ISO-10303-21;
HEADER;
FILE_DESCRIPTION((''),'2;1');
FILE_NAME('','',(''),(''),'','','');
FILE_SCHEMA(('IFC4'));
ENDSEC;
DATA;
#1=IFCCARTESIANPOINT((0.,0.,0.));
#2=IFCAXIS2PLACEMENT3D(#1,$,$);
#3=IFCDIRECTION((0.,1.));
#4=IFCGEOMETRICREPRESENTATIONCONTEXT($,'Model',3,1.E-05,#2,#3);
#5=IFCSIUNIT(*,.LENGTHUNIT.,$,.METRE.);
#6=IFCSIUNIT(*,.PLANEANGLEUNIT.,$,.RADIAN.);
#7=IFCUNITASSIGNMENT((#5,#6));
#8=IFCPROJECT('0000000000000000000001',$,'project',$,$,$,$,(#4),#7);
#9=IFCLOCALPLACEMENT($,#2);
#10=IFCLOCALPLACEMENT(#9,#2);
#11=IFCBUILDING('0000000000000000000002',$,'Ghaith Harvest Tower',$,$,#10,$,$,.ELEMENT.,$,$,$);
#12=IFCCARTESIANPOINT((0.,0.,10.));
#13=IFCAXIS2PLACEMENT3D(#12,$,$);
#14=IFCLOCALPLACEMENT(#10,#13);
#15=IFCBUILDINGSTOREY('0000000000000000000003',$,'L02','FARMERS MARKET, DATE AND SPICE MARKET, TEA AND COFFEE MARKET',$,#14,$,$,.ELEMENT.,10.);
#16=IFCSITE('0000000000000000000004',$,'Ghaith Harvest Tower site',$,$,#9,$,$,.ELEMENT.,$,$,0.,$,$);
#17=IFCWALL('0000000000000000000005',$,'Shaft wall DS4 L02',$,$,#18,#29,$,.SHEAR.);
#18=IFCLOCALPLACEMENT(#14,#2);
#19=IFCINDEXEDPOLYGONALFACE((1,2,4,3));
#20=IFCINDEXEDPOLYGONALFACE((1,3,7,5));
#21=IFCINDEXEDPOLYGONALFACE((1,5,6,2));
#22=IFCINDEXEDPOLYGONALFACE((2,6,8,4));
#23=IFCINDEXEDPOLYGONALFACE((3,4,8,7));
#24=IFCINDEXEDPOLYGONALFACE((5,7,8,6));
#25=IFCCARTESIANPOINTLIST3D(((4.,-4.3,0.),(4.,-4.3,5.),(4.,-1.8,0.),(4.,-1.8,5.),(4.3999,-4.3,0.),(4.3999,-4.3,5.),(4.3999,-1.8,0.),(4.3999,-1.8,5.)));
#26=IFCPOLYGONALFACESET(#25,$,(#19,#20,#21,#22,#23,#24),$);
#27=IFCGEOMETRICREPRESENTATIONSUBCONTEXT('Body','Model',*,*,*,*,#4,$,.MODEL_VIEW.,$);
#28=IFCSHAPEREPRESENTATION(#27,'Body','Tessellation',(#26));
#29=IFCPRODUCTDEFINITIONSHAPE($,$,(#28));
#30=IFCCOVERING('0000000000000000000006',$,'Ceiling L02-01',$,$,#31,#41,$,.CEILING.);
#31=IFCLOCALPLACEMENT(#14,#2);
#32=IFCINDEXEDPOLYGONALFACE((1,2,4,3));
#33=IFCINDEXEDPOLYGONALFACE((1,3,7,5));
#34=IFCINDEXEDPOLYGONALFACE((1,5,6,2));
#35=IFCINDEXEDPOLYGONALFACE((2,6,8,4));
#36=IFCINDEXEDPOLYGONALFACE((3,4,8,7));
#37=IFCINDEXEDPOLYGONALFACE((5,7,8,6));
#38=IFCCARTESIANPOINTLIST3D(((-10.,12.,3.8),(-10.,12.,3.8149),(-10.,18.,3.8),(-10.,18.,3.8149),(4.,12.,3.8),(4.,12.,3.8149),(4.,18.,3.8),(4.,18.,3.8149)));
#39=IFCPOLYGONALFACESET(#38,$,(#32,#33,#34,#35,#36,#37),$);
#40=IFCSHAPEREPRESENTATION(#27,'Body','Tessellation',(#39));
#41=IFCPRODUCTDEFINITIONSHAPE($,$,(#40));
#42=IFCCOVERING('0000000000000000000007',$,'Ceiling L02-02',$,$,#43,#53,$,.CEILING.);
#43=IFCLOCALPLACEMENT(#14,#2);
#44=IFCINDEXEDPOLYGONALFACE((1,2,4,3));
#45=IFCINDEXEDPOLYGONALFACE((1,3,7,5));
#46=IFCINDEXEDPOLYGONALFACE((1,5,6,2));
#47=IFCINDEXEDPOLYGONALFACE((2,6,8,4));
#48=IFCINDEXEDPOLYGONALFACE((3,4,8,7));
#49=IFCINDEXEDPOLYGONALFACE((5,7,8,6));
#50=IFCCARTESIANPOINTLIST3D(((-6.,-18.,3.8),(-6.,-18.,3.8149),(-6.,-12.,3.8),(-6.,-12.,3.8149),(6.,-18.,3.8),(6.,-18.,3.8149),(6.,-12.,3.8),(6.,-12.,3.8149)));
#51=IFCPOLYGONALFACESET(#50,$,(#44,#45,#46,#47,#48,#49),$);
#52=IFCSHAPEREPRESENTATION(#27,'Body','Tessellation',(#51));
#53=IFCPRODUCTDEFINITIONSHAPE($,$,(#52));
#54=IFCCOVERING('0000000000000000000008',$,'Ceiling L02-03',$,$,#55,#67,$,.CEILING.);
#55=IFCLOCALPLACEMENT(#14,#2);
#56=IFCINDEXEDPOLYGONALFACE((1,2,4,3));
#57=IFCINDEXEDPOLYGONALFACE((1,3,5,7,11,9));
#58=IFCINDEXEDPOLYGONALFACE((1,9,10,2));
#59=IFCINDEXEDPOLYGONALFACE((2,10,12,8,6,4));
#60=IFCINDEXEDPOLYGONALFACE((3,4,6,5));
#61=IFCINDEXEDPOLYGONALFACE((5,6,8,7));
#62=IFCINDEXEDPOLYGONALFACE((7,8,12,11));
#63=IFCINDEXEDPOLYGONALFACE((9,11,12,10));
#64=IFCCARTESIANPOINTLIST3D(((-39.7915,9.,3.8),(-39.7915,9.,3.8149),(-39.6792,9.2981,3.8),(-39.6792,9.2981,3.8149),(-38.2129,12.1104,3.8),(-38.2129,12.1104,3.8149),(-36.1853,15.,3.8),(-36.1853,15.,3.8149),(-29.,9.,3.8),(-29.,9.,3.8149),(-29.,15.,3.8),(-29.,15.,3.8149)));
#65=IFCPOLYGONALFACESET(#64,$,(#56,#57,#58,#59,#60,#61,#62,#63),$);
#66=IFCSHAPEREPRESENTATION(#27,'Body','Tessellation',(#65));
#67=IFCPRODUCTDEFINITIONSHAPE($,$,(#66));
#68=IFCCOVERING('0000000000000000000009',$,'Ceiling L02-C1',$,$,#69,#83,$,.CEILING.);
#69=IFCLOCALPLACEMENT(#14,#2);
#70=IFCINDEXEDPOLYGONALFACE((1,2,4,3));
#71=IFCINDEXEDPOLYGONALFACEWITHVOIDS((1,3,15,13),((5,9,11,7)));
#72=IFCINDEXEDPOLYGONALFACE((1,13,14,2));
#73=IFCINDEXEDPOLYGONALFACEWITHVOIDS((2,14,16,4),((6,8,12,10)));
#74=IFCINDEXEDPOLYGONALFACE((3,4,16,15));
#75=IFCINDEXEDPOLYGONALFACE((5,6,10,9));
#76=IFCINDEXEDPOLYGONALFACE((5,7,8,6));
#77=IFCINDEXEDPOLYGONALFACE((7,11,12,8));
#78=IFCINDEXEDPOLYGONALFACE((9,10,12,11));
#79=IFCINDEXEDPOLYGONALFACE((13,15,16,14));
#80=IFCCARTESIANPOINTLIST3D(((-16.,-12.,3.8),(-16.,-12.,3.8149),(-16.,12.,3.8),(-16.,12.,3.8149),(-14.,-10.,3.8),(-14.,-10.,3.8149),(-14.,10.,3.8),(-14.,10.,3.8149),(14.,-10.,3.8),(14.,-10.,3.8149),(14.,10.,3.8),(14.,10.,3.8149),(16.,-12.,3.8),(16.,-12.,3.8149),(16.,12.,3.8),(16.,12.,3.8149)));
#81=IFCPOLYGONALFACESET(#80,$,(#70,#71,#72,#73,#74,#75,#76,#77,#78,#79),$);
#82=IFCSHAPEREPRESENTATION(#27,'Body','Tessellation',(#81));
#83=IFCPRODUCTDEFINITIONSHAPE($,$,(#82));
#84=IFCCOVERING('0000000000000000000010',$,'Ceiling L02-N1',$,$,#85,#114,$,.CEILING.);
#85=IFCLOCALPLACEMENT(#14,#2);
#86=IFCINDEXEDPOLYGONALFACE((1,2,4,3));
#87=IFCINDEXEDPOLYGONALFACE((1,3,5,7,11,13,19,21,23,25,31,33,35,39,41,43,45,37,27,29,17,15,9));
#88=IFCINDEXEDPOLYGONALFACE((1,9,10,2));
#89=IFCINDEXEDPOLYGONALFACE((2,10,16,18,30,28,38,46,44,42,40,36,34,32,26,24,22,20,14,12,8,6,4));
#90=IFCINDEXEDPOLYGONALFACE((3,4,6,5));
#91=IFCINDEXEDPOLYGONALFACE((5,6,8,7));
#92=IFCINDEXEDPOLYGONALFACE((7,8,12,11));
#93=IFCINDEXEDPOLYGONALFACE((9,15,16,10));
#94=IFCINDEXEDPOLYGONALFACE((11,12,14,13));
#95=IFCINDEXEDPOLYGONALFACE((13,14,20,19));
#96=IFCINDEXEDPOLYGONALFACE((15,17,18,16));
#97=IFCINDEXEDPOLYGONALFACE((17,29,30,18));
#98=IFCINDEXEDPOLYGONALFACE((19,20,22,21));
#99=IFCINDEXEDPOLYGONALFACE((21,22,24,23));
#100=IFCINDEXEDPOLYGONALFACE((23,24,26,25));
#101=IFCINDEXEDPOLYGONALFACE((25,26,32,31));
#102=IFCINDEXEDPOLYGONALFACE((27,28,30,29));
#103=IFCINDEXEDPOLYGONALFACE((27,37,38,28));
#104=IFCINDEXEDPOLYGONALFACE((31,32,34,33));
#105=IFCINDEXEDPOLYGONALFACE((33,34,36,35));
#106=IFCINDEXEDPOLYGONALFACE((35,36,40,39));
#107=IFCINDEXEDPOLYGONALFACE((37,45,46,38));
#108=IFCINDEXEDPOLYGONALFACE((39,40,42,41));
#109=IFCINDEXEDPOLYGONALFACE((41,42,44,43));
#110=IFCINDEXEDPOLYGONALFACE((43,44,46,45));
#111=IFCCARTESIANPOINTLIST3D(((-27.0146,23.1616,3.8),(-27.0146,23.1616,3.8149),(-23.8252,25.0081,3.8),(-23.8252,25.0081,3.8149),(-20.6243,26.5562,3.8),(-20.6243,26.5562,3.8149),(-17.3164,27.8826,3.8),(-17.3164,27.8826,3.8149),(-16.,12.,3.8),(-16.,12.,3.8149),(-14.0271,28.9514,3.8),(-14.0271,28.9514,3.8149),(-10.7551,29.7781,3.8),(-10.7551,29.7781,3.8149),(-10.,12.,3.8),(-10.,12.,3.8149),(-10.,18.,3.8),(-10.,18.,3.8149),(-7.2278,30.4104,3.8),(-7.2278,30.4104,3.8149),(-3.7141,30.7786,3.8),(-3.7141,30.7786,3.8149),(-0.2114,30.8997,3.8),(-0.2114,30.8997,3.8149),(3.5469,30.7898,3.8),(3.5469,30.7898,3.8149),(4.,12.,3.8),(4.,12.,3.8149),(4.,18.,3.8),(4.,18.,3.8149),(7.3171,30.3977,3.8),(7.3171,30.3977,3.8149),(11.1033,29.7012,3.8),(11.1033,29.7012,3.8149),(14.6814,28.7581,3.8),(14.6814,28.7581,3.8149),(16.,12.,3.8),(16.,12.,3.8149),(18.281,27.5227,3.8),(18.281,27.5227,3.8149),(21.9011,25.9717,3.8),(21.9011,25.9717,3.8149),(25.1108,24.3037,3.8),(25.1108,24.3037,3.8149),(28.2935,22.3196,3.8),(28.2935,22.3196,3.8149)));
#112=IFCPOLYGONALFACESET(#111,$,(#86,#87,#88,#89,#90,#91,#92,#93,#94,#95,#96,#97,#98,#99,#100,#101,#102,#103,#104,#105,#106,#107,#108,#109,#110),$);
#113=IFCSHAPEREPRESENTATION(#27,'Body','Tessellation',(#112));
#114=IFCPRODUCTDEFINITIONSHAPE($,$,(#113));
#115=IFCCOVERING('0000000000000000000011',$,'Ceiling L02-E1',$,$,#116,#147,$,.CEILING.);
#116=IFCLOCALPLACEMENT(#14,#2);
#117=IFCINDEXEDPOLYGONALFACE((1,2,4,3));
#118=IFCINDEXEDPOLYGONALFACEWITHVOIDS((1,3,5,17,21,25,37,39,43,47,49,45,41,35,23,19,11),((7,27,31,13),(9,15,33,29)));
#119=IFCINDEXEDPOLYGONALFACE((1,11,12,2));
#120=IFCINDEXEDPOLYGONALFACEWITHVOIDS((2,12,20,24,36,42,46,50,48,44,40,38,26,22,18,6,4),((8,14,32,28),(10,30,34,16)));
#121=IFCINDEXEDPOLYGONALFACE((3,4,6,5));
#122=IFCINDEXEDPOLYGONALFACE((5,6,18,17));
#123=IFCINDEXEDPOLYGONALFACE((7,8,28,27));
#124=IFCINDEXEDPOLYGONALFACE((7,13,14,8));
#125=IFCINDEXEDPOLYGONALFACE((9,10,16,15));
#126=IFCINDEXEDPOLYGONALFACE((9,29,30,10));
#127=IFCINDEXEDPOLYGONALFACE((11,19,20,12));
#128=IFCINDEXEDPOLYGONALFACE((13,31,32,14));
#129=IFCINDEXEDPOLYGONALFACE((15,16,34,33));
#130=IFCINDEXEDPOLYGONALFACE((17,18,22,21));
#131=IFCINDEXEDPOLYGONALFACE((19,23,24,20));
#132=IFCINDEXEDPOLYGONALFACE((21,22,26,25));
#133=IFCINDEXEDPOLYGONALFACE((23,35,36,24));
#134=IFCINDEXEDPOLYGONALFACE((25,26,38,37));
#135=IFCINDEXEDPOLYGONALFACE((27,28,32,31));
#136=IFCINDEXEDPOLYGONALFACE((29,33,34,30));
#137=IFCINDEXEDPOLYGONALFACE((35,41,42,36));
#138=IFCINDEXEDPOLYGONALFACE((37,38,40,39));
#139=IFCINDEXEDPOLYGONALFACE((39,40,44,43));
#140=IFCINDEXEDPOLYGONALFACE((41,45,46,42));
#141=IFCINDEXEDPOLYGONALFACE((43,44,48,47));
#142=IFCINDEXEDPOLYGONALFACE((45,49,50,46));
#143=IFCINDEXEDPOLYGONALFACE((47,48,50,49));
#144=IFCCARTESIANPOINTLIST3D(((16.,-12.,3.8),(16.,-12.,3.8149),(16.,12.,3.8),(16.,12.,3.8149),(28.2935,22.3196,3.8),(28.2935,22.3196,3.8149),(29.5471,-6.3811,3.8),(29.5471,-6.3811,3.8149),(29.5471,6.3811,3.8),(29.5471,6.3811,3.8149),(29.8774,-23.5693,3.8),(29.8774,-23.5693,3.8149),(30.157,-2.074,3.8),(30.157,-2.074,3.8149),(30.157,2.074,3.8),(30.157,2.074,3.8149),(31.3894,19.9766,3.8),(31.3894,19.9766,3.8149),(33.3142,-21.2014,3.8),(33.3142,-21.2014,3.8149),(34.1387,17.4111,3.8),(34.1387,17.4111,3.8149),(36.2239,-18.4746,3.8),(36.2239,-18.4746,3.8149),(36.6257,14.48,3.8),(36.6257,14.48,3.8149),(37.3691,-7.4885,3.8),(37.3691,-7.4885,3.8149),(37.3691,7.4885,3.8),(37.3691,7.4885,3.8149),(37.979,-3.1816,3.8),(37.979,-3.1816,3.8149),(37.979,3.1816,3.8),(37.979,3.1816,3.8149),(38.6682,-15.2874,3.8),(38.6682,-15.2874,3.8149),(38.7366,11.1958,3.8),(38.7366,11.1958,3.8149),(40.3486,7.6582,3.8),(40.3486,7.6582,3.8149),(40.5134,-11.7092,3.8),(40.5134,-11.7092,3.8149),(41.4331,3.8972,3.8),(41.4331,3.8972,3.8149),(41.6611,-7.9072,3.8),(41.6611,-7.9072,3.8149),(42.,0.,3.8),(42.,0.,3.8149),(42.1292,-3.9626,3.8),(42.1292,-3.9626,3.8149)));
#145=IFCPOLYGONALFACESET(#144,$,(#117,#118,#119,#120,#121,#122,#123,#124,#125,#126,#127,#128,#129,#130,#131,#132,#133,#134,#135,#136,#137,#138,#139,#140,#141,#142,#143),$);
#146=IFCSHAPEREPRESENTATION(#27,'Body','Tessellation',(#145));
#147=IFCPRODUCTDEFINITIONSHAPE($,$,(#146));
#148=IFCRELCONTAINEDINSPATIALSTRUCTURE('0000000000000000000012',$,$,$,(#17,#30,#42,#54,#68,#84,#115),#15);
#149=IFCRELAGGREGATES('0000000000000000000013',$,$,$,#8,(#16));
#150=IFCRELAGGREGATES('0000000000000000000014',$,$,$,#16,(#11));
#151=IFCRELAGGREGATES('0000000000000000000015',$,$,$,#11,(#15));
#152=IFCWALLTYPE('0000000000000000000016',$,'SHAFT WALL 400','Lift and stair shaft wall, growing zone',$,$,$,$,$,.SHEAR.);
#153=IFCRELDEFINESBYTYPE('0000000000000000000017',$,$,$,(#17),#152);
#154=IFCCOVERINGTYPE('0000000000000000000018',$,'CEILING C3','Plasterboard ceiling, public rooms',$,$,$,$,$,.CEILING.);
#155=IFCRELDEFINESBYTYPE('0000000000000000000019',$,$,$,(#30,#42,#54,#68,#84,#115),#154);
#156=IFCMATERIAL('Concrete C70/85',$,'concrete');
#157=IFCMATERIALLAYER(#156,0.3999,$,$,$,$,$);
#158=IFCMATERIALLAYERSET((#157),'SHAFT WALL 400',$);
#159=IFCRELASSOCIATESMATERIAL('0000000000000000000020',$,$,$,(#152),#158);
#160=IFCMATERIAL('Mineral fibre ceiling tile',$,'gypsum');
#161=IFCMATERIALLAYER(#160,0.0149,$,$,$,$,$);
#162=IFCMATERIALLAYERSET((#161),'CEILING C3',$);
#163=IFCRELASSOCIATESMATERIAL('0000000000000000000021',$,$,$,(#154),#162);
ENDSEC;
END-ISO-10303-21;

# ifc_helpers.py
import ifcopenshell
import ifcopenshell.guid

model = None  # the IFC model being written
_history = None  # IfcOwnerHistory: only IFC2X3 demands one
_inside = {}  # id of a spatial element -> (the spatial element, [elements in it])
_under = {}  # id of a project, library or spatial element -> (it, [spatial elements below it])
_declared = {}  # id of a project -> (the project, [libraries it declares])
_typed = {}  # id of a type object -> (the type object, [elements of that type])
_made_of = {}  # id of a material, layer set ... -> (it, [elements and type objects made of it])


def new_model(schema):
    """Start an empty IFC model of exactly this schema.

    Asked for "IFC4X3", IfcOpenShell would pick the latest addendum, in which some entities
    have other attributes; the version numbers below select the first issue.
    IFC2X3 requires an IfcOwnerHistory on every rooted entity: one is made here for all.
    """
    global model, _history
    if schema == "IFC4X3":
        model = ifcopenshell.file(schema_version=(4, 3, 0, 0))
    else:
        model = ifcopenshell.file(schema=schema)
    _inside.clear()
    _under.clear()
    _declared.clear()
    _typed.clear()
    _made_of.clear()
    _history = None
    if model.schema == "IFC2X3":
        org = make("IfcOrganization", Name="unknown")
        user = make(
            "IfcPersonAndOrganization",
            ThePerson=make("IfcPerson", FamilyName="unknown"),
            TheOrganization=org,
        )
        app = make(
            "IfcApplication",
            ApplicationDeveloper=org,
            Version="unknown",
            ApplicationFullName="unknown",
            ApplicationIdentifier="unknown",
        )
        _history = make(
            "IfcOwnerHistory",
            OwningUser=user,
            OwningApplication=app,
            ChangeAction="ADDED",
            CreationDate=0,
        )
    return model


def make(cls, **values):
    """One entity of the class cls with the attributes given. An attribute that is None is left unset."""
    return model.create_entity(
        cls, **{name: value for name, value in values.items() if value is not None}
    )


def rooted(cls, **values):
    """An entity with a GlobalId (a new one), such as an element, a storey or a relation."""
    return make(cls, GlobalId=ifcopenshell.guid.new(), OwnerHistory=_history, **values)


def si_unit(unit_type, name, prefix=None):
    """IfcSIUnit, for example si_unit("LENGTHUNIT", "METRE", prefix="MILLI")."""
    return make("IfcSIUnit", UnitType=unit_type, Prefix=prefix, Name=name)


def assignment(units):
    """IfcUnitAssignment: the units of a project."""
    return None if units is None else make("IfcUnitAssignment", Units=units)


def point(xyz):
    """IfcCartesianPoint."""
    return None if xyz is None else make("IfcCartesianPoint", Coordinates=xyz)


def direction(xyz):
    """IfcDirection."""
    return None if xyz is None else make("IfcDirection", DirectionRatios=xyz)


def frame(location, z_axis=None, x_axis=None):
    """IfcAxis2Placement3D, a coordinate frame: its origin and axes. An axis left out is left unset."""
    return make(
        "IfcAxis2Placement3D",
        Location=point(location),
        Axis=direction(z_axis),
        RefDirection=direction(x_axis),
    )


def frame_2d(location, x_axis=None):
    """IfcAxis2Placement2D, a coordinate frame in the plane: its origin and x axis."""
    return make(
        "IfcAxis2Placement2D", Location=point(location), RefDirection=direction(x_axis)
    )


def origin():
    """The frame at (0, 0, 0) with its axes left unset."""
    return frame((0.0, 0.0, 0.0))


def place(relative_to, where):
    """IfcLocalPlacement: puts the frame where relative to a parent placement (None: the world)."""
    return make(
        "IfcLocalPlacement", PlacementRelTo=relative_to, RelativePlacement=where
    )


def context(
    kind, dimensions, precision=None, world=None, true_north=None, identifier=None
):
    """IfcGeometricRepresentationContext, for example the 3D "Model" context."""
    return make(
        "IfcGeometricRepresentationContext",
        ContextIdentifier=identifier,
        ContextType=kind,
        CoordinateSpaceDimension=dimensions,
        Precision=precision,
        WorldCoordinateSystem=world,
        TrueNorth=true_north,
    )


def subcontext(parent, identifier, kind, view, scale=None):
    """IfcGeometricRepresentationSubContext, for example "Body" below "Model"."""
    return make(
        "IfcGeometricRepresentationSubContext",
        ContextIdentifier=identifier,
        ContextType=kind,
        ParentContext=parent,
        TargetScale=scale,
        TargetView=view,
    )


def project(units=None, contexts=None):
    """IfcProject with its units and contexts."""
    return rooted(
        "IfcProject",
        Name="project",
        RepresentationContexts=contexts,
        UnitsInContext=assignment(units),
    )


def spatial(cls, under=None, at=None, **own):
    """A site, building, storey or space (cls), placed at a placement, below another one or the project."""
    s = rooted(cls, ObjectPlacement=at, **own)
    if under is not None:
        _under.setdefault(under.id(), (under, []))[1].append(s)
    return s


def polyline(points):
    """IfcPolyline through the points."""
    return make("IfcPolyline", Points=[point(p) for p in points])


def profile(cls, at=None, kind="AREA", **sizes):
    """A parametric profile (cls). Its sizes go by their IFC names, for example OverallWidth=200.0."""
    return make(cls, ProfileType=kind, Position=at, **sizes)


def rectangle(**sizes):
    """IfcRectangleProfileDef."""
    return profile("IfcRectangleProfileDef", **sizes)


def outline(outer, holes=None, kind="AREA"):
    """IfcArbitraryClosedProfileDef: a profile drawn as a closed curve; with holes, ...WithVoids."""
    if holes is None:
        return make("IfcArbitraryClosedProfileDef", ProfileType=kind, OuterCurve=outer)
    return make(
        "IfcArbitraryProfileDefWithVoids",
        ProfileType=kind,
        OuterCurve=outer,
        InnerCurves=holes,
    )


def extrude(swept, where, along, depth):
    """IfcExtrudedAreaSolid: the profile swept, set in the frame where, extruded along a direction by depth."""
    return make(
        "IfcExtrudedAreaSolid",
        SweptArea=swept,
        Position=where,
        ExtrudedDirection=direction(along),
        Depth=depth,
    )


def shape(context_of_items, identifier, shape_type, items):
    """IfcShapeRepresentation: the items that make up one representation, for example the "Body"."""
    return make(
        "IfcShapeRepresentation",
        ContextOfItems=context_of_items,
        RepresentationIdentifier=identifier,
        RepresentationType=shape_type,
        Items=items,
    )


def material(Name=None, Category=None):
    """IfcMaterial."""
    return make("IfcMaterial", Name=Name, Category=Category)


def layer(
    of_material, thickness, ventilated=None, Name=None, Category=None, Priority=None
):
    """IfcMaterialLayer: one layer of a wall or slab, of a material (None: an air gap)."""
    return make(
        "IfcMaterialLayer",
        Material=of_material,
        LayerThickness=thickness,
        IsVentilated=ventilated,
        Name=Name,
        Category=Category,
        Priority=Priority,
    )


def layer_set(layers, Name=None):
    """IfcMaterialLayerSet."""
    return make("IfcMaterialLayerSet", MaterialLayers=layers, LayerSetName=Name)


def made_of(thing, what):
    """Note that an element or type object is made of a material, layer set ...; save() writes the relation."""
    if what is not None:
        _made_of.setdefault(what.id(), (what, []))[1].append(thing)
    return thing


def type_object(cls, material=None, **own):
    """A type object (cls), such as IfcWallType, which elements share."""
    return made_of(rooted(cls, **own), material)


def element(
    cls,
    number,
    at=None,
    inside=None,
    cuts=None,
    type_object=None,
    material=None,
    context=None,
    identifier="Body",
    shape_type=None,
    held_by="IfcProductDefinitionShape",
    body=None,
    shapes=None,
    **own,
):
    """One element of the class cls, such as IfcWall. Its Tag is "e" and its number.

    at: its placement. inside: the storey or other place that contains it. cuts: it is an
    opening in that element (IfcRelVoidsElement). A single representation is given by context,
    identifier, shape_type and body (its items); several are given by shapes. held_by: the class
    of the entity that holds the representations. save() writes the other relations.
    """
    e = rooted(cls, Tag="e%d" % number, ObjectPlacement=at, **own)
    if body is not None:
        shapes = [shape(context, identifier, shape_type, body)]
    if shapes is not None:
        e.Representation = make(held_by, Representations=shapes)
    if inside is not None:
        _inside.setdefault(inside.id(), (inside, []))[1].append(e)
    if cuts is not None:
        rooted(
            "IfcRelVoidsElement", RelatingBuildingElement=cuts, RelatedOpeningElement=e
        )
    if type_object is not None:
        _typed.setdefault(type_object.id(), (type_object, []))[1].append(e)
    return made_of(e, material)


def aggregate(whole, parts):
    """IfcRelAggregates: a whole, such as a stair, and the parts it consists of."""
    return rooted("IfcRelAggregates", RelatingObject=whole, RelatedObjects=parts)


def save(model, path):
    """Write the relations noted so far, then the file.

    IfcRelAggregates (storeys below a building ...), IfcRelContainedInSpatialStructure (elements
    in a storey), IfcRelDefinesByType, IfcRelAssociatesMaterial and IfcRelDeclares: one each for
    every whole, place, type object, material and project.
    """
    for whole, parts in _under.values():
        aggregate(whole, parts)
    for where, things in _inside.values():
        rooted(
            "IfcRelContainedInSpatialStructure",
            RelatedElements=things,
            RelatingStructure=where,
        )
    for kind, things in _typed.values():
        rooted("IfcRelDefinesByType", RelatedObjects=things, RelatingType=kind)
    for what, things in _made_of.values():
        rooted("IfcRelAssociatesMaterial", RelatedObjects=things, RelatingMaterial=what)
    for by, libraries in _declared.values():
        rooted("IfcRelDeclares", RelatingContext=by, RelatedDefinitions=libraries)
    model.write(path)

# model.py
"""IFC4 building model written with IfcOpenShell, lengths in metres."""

from ifc_helpers import new_model, si_unit, direction, frame, frame_2d, origin, place, context, subcontext, project, spatial, polyline, rectangle, outline, extrude, material, layer, layer_set, type_object, element, save


model = new_model("IFC4")

# Units and contexts
model_context = context("Model", 3, precision=1e-05, world=origin(), true_north=direction((0.0, 1.0)))
body_context = subcontext(model_context, "Body", "Model", "MODEL_VIEW")
ifc_project = project(units=[si_unit("LENGTHUNIT", "METRE"), si_unit("PLANEANGLEUNIT", "RADIAN")], contexts=[model_context])

# Site, building, storey
site_placement = place(None, origin())
site = spatial("IfcSite", under=ifc_project, at=site_placement, Name="Ghaith Harvest Tower site", CompositionType="ELEMENT", RefElevation=0.0)
building_placement = place(site_placement, origin())
building = spatial("IfcBuilding", under=site, at=building_placement, Name="Ghaith Harvest Tower", CompositionType="ELEMENT")
storey_placement = place(building_placement, frame((0.0, 0.0, 10.0)))
storey = spatial("IfcBuildingStorey", under=building, at=storey_placement, Name="L02", Description="FARMERS MARKET, DATE AND SPICE MARKET, TEA AND COFFEE MARKET", CompositionType="ELEMENT", Elevation=10.0)

# Wall
ifc_material_1 = material(Name="Concrete C70/85", Category="concrete")
ifc_layer_1 = layer(ifc_material_1, 0.3999)
ifc_layer_set_1 = layer_set([ifc_layer_1], Name="SHAFT WALL 400")
wall_type_1 = type_object("IfcWallType", Name="SHAFT WALL 400", Description="Lift and stair shaft wall, growing zone", PredefinedType="SHEAR", material=ifc_layer_set_1)
for number, where, z_axis, x_axis, name in (
    (1, (4.2, -4.3, 0.0), (0.0, 0.0, 1.0), (0.0, 1.0, 0.0), "Shaft wall DS4 L02"),
):
    element("IfcWall", number, at=place(storey_placement, frame(where, z_axis=z_axis, x_axis=x_axis)), inside=storey, type_object=wall_type_1, Name=name, PredefinedType="SHEAR", context=body_context, shape_type="SweptSolid", body=[
        extrude(rectangle(XDim=2.5, YDim=0.3999, at=frame_2d((1.25, 0.0))), origin(), (0.0, 0.0, 1.0), 5.0),
    ])

# Coverings
ifc_material_2 = material(Name="Mineral fibre ceiling tile", Category="gypsum")
ifc_layer_2 = layer(ifc_material_2, 0.0149)
ifc_layer_set_2 = layer_set([ifc_layer_2], Name="CEILING C3")
covering_type = type_object("IfcCoveringType", Name="CEILING C3", Description="Plasterboard ceiling, public rooms", PredefinedType="CEILING", material=ifc_layer_set_2)
covering_1_placement = place(storey_placement, frame((0.0, 0.0, 3.8)))
element("IfcCovering", 2, at=covering_1_placement, inside=storey, type_object=covering_type, Name="Ceiling L02-01", PredefinedType="CEILING", context=body_context, shape_type="SweptSolid", body=[
    extrude(outline(polyline([(-10.0, 12.0), (4.0, 12.0), (4.0, 18.0), (-10.0, 18.0), (-10.0, 12.0)])), origin(), (0.0, 0.0, 1.0), 0.0149),
])
covering_2_placement = place(storey_placement, frame((0.0, 0.0, 3.8)))
element("IfcCovering", 3, at=covering_2_placement, inside=storey, type_object=covering_type, Name="Ceiling L02-02", PredefinedType="CEILING", context=body_context, shape_type="SweptSolid", body=[
    extrude(outline(polyline([(-6.0, -18.0), (6.0, -18.0), (6.0, -12.0), (-6.0, -12.0), (-6.0, -18.0)])), origin(), (0.0, 0.0, 1.0), 0.0149),
])
covering_3_placement = place(storey_placement, frame((0.0, 0.0, 3.8)))
element("IfcCovering", 4, at=covering_3_placement, inside=storey, type_object=covering_type, Name="Ceiling L02-03", PredefinedType="CEILING", context=body_context, shape_type="SweptSolid", body=[
    extrude(outline(polyline([(-29.0, 15.0), (-29.0, 9.0), (-39.7915, 9.0), (-39.6792, 9.2981), (-38.2129, 12.1104), (-36.1853, 15.0), (-29.0, 15.0)])), origin(), (0.0, 0.0, 1.0), 0.0149),
])
covering_4_placement = place(storey_placement, frame((0.0, 0.0, 3.8)))
element("IfcCovering", 5, at=covering_4_placement, inside=storey, type_object=covering_type, Name="Ceiling L02-C1", PredefinedType="CEILING", context=body_context, shape_type="SweptSolid", body=[
    extrude(outline(polyline([(-16.0, 12.0), (16.0, 12.0), (16.0, -12.0), (-16.0, -12.0), (-16.0, 12.0)]), holes=[polyline([(14.0, -10.0), (14.0, 10.0), (-14.0, 10.0), (-14.0, -10.0), (14.0, -10.0)])]), origin(), (0.0, 0.0, 1.0), 0.0149),
])
covering_5_placement = place(storey_placement, frame((0.0, 0.0, 3.8)))
element("IfcCovering", 6, at=covering_5_placement, inside=storey, type_object=covering_type, Name="Ceiling L02-N1", PredefinedType="CEILING", context=body_context, shape_type="SweptSolid", body=[
    extrude(outline(polyline([(-23.8252, 25.0081), (-20.6243, 26.5562), (-17.3164, 27.8826), (-14.0271, 28.9514), (-10.7551, 29.7781), (-7.2278, 30.4104), (-3.7141, 30.7786), (-0.2114, 30.8997), (3.5469, 30.7898), (7.3171, 30.3977), (11.1033, 29.7012), (14.6814, 28.7581), (18.281, 27.5227), (21.9011, 25.9717), (25.1108, 24.3037), (28.2935, 22.3196), (16.0, 12.0), (4.0, 12.0), (4.0, 18.0), (-10.0, 18.0), (-10.0, 12.0), (-16.0, 12.0), (-27.0146, 23.1616), (-23.8252, 25.0081)])), origin(), (0.0, 0.0, 1.0), 0.0149),
])
covering_6_placement = place(storey_placement, frame((0.0, 0.0, 3.8)))
element("IfcCovering", 7, at=covering_6_placement, inside=storey, type_object=covering_type, Name="Ceiling L02-E1", PredefinedType="CEILING", context=body_context, shape_type="SweptSolid", body=[
    extrude(outline(polyline([(31.3894, 19.9766), (34.1387, 17.4111), (36.6257, 14.48), (38.7366, 11.1958), (40.3486, 7.6582), (41.4331, 3.8972), (42.0, 0.0), (42.1292, -3.9626), (41.6611, -7.9072), (40.5134, -11.7092), (38.6682, -15.2874), (36.2239, -18.4746), (33.3142, -21.2014), (29.8774, -23.5693), (16.0, -12.0), (16.0, 12.0), (28.2935, 22.3196), (31.3894, 19.9766)]), holes=[polyline([(37.3691, 7.4885), (29.5471, 6.3811), (30.157, 2.074), (37.979, 3.1816), (37.3691, 7.4885)]), polyline([(30.157, -2.074), (29.5471, -6.3811), (37.3691, -7.4885), (37.979, -3.1816), (30.157, -2.074)])]), origin(), (0.0, 0.0, 1.0), 0.0149),
])

save(model, "model.ifc")
